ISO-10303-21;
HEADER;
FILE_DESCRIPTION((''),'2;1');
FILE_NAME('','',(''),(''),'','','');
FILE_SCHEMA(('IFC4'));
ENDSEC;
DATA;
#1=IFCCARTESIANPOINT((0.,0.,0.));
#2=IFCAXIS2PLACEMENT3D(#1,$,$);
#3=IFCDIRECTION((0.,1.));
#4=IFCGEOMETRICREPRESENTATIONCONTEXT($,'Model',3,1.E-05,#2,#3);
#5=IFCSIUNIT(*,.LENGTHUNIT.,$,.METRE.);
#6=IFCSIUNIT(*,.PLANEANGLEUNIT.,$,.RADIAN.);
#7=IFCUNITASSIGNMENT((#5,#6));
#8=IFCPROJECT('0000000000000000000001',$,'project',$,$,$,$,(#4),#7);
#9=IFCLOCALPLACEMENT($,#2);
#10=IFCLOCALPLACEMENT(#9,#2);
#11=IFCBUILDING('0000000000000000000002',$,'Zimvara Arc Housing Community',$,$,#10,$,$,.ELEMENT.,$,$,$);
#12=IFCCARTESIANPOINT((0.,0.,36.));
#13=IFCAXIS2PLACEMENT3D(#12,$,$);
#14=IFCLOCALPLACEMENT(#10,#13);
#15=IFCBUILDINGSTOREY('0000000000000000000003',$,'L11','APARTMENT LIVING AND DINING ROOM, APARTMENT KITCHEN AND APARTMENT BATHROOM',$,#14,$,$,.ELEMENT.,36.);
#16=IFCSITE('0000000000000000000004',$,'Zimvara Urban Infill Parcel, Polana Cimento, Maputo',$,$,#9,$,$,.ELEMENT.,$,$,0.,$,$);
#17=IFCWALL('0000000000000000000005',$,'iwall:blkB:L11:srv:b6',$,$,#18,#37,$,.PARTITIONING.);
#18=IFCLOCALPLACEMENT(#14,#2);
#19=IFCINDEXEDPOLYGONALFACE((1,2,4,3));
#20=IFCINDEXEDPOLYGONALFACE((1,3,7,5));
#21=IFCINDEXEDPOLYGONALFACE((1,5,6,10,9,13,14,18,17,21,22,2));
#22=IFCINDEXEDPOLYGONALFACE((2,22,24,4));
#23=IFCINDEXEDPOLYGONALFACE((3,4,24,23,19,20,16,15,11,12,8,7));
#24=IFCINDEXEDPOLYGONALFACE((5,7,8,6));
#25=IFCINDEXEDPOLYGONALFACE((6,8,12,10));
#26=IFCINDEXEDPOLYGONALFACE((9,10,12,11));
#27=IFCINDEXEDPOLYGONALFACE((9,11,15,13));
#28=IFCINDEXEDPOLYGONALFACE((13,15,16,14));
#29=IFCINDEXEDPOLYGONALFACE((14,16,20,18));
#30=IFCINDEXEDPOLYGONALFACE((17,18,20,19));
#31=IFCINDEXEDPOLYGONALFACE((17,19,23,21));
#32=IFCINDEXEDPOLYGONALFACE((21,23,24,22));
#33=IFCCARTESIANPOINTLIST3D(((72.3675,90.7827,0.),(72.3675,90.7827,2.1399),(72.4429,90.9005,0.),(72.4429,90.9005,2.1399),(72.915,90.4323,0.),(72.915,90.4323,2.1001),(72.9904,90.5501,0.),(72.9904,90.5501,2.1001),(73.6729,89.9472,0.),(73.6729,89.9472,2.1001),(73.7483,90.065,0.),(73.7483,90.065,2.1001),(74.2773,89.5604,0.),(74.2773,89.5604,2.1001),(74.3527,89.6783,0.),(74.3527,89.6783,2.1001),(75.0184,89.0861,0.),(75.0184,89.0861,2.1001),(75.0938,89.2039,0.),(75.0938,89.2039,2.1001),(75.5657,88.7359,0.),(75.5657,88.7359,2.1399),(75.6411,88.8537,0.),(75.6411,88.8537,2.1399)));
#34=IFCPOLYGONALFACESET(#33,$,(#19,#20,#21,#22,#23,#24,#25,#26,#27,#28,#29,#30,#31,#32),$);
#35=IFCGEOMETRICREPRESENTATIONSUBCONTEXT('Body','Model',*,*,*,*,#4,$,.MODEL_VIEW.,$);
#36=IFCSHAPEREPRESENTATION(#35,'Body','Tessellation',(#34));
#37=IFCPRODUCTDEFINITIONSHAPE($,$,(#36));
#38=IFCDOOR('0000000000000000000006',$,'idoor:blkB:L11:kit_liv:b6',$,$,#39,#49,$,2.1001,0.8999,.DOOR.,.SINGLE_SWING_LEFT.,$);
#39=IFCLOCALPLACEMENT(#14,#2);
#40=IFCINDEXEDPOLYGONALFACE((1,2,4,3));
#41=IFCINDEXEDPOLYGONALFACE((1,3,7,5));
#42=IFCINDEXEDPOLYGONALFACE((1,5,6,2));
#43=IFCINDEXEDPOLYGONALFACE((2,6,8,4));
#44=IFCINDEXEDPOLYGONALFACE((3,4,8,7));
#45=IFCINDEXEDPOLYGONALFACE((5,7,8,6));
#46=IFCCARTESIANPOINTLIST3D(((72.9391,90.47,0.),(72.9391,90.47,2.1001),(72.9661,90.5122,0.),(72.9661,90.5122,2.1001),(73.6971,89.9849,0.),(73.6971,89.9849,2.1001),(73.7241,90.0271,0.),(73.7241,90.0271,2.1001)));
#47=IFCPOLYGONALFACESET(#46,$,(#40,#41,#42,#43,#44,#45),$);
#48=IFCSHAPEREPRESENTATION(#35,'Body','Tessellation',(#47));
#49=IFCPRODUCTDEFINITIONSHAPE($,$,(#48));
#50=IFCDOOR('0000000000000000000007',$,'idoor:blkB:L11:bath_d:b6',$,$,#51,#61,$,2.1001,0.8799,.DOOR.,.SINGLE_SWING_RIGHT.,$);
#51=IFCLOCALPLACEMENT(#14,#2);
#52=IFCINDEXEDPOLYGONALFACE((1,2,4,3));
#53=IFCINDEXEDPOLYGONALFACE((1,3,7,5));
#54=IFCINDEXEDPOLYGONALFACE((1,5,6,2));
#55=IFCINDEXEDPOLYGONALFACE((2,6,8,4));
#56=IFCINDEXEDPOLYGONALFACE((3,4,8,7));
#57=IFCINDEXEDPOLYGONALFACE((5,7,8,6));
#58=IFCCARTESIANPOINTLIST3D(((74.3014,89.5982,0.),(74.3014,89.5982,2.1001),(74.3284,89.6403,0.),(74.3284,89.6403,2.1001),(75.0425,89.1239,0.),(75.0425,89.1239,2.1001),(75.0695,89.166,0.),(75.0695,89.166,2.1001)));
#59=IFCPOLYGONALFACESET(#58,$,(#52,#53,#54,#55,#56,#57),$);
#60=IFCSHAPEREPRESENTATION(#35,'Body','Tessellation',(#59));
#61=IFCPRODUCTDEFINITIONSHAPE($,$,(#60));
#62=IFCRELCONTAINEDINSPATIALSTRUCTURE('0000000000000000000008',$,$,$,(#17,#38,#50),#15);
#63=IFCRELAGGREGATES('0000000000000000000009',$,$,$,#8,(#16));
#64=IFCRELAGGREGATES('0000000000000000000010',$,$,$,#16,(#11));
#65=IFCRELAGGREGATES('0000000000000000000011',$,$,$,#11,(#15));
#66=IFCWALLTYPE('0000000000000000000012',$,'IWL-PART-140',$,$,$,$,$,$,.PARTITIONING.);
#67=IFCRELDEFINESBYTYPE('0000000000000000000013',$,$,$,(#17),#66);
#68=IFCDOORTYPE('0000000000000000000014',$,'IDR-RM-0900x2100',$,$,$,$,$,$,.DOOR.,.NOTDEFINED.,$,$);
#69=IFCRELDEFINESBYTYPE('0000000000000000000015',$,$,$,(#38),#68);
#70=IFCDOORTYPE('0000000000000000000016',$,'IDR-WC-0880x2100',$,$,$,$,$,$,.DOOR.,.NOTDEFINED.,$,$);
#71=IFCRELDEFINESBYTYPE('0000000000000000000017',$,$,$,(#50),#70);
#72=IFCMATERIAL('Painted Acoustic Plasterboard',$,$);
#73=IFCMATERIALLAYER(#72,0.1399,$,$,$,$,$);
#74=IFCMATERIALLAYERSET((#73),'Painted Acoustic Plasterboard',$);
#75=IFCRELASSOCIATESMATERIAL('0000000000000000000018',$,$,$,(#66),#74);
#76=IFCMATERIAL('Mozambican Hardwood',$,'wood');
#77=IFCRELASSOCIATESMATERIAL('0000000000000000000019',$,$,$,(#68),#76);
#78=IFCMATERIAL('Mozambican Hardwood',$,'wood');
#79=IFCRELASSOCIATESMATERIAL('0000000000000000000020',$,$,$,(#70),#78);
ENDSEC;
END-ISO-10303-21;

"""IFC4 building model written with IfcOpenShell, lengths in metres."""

from ifc_helpers import new_model, si_unit, direction, frame, frame_2d, origin, place, context, subcontext, project, spatial, rectangle, extrude, material, layer, layer_set, type_object, element, fill, save


model = new_model("IFC4")

# Units and contexts
model_context = context("Model", 3, precision=1e-05, world=origin(), true_north=direction((0.0, 1.0)))
body_context = subcontext(model_context, "Body", "Model", "MODEL_VIEW")
ifc_project = project(units=[si_unit("LENGTHUNIT", "METRE"), si_unit("PLANEANGLEUNIT", "RADIAN")], contexts=[model_context])

# Site, building, storey
site_placement = place(None, origin())
site = spatial("IfcSite", under=ifc_project, at=site_placement, Name="Zimvara Urban Infill Parcel, Polana Cimento, Maputo", CompositionType="ELEMENT", RefElevation=0.0)
building_placement = place(site_placement, origin())
building = spatial("IfcBuilding", under=site, at=building_placement, Name="Zimvara Arc Housing Community", CompositionType="ELEMENT")
storey_placement = place(building_placement, frame((0.0, 0.0, 36.0)))
storey = spatial("IfcBuildingStorey", under=building, at=storey_placement, Name="L11", Description="APARTMENT LIVING AND DINING ROOM, APARTMENT KITCHEN AND APARTMENT BATHROOM", CompositionType="ELEMENT", Elevation=36.0)

# Wall, openings, doors
ifc_material_1 = material(Name="Painted Acoustic Plasterboard")
ifc_layer_1 = layer(ifc_material_1, 0.1399)
ifc_layer_set_1 = layer_set([ifc_layer_1], Name="Painted Acoustic Plasterboard")
wall_type_1 = type_object("IfcWallType", Name="IWL-PART-140", PredefinedType="PARTITIONING", material=ifc_layer_set_1)
wall_1_placement = place(storey_placement, frame((72.4053, 90.8416, 0.0), z_axis=(0.0, 0.0, 1.0), x_axis=(0.842271, -0.539054, 0.0)))
wall_1 = element("IfcWall", 1, at=wall_1_placement, inside=storey, type_object=wall_type_1, Name="iwall:blkB:L11:srv:b6", PredefinedType="PARTITIONING", context=body_context, shape_type="SweptSolid", body=[
    extrude(rectangle(XDim=3.7971, YDim=0.1399, at=frame_2d((1.8984, 0.0))), origin(), (0.0, 0.0, 1.0), 2.1399),
])
opening_1_placement = place(wall_1_placement, frame((0.6499, 0.0, 0.0)))
opening_1 = element("IfcOpeningElement", 2, at=opening_1_placement, cuts=wall_1, PredefinedType="OPENING", context=body_context, shape_type="SweptSolid", body=[
    extrude(rectangle(XDim=0.8999, YDim=2.1001, at=frame_2d((0.45, 1.05))), frame((0.0, 0.0798, 0.0), z_axis=(0.0, -1.0, 0.0), x_axis=(1.0, 0.0, 0.0)), (0.0, 0.0, 1.0), 0.1599),
])
opening_2_placement = place(wall_1_placement, frame((2.2673, 0.0, 0.0)))
opening_2 = element("IfcOpeningElement", 3, at=opening_2_placement, cuts=wall_1, PredefinedType="OPENING", context=body_context, shape_type="SweptSolid", body=[
    extrude(rectangle(XDim=0.8799, YDim=2.1001, at=frame_2d((0.4399, 1.05))), frame((0.0, 0.0798, 0.0), z_axis=(0.0, -1.0, 0.0), x_axis=(1.0, 0.0, 0.0)), (0.0, 0.0, 1.0), 0.1599),
])
ifc_material_2 = material(Name="Mozambican Hardwood", Category="wood")
door_type_1 = type_object("IfcDoorType", Name="IDR-RM-0900x2100", OperationType="NOTDEFINED", PredefinedType="DOOR", material=ifc_material_2)
door_1_placement = place(opening_1_placement, origin())
door_1 = element("IfcDoor", 4, at=door_1_placement, inside=storey, type_object=door_type_1, Name="idoor:blkB:L11:kit_liv:b6", OperationType="SINGLE_SWING_LEFT", OverallHeight=2.1001, OverallWidth=0.8999, PredefinedType="DOOR", context=body_context, shape_type="SweptSolid", body=[
    extrude(rectangle(XDim=0.8999, YDim=2.1001, at=frame_2d((0.45, 1.05))), frame((0.0, 0.0249, 0.0), z_axis=(0.0, -1.0, 0.0), x_axis=(1.0, 0.0, 0.0)), (0.0, 0.0, 1.0), 0.05),
])
fill(opening_1, door_1)
ifc_material_3 = material(Name="Mozambican Hardwood", Category="wood")
door_type_2 = type_object("IfcDoorType", Name="IDR-WC-0880x2100", OperationType="NOTDEFINED", PredefinedType="DOOR", material=ifc_material_3)
door_2_placement = place(opening_2_placement, origin())
door_2 = element("IfcDoor", 5, at=door_2_placement, inside=storey, type_object=door_type_2, Name="idoor:blkB:L11:bath_d:b6", OperationType="SINGLE_SWING_RIGHT", OverallHeight=2.1001, OverallWidth=0.8799, PredefinedType="DOOR", context=body_context, shape_type="SweptSolid", body=[
    extrude(rectangle(XDim=0.8799, YDim=2.1001, at=frame_2d((0.4399, 1.05))), frame((0.0, 0.0249, 0.0), z_axis=(0.0, -1.0, 0.0), x_axis=(1.0, 0.0, 0.0)), (0.0, 0.0, 1.0), 0.05),
])
fill(opening_2, door_2)

save(model, "model.ifc")
